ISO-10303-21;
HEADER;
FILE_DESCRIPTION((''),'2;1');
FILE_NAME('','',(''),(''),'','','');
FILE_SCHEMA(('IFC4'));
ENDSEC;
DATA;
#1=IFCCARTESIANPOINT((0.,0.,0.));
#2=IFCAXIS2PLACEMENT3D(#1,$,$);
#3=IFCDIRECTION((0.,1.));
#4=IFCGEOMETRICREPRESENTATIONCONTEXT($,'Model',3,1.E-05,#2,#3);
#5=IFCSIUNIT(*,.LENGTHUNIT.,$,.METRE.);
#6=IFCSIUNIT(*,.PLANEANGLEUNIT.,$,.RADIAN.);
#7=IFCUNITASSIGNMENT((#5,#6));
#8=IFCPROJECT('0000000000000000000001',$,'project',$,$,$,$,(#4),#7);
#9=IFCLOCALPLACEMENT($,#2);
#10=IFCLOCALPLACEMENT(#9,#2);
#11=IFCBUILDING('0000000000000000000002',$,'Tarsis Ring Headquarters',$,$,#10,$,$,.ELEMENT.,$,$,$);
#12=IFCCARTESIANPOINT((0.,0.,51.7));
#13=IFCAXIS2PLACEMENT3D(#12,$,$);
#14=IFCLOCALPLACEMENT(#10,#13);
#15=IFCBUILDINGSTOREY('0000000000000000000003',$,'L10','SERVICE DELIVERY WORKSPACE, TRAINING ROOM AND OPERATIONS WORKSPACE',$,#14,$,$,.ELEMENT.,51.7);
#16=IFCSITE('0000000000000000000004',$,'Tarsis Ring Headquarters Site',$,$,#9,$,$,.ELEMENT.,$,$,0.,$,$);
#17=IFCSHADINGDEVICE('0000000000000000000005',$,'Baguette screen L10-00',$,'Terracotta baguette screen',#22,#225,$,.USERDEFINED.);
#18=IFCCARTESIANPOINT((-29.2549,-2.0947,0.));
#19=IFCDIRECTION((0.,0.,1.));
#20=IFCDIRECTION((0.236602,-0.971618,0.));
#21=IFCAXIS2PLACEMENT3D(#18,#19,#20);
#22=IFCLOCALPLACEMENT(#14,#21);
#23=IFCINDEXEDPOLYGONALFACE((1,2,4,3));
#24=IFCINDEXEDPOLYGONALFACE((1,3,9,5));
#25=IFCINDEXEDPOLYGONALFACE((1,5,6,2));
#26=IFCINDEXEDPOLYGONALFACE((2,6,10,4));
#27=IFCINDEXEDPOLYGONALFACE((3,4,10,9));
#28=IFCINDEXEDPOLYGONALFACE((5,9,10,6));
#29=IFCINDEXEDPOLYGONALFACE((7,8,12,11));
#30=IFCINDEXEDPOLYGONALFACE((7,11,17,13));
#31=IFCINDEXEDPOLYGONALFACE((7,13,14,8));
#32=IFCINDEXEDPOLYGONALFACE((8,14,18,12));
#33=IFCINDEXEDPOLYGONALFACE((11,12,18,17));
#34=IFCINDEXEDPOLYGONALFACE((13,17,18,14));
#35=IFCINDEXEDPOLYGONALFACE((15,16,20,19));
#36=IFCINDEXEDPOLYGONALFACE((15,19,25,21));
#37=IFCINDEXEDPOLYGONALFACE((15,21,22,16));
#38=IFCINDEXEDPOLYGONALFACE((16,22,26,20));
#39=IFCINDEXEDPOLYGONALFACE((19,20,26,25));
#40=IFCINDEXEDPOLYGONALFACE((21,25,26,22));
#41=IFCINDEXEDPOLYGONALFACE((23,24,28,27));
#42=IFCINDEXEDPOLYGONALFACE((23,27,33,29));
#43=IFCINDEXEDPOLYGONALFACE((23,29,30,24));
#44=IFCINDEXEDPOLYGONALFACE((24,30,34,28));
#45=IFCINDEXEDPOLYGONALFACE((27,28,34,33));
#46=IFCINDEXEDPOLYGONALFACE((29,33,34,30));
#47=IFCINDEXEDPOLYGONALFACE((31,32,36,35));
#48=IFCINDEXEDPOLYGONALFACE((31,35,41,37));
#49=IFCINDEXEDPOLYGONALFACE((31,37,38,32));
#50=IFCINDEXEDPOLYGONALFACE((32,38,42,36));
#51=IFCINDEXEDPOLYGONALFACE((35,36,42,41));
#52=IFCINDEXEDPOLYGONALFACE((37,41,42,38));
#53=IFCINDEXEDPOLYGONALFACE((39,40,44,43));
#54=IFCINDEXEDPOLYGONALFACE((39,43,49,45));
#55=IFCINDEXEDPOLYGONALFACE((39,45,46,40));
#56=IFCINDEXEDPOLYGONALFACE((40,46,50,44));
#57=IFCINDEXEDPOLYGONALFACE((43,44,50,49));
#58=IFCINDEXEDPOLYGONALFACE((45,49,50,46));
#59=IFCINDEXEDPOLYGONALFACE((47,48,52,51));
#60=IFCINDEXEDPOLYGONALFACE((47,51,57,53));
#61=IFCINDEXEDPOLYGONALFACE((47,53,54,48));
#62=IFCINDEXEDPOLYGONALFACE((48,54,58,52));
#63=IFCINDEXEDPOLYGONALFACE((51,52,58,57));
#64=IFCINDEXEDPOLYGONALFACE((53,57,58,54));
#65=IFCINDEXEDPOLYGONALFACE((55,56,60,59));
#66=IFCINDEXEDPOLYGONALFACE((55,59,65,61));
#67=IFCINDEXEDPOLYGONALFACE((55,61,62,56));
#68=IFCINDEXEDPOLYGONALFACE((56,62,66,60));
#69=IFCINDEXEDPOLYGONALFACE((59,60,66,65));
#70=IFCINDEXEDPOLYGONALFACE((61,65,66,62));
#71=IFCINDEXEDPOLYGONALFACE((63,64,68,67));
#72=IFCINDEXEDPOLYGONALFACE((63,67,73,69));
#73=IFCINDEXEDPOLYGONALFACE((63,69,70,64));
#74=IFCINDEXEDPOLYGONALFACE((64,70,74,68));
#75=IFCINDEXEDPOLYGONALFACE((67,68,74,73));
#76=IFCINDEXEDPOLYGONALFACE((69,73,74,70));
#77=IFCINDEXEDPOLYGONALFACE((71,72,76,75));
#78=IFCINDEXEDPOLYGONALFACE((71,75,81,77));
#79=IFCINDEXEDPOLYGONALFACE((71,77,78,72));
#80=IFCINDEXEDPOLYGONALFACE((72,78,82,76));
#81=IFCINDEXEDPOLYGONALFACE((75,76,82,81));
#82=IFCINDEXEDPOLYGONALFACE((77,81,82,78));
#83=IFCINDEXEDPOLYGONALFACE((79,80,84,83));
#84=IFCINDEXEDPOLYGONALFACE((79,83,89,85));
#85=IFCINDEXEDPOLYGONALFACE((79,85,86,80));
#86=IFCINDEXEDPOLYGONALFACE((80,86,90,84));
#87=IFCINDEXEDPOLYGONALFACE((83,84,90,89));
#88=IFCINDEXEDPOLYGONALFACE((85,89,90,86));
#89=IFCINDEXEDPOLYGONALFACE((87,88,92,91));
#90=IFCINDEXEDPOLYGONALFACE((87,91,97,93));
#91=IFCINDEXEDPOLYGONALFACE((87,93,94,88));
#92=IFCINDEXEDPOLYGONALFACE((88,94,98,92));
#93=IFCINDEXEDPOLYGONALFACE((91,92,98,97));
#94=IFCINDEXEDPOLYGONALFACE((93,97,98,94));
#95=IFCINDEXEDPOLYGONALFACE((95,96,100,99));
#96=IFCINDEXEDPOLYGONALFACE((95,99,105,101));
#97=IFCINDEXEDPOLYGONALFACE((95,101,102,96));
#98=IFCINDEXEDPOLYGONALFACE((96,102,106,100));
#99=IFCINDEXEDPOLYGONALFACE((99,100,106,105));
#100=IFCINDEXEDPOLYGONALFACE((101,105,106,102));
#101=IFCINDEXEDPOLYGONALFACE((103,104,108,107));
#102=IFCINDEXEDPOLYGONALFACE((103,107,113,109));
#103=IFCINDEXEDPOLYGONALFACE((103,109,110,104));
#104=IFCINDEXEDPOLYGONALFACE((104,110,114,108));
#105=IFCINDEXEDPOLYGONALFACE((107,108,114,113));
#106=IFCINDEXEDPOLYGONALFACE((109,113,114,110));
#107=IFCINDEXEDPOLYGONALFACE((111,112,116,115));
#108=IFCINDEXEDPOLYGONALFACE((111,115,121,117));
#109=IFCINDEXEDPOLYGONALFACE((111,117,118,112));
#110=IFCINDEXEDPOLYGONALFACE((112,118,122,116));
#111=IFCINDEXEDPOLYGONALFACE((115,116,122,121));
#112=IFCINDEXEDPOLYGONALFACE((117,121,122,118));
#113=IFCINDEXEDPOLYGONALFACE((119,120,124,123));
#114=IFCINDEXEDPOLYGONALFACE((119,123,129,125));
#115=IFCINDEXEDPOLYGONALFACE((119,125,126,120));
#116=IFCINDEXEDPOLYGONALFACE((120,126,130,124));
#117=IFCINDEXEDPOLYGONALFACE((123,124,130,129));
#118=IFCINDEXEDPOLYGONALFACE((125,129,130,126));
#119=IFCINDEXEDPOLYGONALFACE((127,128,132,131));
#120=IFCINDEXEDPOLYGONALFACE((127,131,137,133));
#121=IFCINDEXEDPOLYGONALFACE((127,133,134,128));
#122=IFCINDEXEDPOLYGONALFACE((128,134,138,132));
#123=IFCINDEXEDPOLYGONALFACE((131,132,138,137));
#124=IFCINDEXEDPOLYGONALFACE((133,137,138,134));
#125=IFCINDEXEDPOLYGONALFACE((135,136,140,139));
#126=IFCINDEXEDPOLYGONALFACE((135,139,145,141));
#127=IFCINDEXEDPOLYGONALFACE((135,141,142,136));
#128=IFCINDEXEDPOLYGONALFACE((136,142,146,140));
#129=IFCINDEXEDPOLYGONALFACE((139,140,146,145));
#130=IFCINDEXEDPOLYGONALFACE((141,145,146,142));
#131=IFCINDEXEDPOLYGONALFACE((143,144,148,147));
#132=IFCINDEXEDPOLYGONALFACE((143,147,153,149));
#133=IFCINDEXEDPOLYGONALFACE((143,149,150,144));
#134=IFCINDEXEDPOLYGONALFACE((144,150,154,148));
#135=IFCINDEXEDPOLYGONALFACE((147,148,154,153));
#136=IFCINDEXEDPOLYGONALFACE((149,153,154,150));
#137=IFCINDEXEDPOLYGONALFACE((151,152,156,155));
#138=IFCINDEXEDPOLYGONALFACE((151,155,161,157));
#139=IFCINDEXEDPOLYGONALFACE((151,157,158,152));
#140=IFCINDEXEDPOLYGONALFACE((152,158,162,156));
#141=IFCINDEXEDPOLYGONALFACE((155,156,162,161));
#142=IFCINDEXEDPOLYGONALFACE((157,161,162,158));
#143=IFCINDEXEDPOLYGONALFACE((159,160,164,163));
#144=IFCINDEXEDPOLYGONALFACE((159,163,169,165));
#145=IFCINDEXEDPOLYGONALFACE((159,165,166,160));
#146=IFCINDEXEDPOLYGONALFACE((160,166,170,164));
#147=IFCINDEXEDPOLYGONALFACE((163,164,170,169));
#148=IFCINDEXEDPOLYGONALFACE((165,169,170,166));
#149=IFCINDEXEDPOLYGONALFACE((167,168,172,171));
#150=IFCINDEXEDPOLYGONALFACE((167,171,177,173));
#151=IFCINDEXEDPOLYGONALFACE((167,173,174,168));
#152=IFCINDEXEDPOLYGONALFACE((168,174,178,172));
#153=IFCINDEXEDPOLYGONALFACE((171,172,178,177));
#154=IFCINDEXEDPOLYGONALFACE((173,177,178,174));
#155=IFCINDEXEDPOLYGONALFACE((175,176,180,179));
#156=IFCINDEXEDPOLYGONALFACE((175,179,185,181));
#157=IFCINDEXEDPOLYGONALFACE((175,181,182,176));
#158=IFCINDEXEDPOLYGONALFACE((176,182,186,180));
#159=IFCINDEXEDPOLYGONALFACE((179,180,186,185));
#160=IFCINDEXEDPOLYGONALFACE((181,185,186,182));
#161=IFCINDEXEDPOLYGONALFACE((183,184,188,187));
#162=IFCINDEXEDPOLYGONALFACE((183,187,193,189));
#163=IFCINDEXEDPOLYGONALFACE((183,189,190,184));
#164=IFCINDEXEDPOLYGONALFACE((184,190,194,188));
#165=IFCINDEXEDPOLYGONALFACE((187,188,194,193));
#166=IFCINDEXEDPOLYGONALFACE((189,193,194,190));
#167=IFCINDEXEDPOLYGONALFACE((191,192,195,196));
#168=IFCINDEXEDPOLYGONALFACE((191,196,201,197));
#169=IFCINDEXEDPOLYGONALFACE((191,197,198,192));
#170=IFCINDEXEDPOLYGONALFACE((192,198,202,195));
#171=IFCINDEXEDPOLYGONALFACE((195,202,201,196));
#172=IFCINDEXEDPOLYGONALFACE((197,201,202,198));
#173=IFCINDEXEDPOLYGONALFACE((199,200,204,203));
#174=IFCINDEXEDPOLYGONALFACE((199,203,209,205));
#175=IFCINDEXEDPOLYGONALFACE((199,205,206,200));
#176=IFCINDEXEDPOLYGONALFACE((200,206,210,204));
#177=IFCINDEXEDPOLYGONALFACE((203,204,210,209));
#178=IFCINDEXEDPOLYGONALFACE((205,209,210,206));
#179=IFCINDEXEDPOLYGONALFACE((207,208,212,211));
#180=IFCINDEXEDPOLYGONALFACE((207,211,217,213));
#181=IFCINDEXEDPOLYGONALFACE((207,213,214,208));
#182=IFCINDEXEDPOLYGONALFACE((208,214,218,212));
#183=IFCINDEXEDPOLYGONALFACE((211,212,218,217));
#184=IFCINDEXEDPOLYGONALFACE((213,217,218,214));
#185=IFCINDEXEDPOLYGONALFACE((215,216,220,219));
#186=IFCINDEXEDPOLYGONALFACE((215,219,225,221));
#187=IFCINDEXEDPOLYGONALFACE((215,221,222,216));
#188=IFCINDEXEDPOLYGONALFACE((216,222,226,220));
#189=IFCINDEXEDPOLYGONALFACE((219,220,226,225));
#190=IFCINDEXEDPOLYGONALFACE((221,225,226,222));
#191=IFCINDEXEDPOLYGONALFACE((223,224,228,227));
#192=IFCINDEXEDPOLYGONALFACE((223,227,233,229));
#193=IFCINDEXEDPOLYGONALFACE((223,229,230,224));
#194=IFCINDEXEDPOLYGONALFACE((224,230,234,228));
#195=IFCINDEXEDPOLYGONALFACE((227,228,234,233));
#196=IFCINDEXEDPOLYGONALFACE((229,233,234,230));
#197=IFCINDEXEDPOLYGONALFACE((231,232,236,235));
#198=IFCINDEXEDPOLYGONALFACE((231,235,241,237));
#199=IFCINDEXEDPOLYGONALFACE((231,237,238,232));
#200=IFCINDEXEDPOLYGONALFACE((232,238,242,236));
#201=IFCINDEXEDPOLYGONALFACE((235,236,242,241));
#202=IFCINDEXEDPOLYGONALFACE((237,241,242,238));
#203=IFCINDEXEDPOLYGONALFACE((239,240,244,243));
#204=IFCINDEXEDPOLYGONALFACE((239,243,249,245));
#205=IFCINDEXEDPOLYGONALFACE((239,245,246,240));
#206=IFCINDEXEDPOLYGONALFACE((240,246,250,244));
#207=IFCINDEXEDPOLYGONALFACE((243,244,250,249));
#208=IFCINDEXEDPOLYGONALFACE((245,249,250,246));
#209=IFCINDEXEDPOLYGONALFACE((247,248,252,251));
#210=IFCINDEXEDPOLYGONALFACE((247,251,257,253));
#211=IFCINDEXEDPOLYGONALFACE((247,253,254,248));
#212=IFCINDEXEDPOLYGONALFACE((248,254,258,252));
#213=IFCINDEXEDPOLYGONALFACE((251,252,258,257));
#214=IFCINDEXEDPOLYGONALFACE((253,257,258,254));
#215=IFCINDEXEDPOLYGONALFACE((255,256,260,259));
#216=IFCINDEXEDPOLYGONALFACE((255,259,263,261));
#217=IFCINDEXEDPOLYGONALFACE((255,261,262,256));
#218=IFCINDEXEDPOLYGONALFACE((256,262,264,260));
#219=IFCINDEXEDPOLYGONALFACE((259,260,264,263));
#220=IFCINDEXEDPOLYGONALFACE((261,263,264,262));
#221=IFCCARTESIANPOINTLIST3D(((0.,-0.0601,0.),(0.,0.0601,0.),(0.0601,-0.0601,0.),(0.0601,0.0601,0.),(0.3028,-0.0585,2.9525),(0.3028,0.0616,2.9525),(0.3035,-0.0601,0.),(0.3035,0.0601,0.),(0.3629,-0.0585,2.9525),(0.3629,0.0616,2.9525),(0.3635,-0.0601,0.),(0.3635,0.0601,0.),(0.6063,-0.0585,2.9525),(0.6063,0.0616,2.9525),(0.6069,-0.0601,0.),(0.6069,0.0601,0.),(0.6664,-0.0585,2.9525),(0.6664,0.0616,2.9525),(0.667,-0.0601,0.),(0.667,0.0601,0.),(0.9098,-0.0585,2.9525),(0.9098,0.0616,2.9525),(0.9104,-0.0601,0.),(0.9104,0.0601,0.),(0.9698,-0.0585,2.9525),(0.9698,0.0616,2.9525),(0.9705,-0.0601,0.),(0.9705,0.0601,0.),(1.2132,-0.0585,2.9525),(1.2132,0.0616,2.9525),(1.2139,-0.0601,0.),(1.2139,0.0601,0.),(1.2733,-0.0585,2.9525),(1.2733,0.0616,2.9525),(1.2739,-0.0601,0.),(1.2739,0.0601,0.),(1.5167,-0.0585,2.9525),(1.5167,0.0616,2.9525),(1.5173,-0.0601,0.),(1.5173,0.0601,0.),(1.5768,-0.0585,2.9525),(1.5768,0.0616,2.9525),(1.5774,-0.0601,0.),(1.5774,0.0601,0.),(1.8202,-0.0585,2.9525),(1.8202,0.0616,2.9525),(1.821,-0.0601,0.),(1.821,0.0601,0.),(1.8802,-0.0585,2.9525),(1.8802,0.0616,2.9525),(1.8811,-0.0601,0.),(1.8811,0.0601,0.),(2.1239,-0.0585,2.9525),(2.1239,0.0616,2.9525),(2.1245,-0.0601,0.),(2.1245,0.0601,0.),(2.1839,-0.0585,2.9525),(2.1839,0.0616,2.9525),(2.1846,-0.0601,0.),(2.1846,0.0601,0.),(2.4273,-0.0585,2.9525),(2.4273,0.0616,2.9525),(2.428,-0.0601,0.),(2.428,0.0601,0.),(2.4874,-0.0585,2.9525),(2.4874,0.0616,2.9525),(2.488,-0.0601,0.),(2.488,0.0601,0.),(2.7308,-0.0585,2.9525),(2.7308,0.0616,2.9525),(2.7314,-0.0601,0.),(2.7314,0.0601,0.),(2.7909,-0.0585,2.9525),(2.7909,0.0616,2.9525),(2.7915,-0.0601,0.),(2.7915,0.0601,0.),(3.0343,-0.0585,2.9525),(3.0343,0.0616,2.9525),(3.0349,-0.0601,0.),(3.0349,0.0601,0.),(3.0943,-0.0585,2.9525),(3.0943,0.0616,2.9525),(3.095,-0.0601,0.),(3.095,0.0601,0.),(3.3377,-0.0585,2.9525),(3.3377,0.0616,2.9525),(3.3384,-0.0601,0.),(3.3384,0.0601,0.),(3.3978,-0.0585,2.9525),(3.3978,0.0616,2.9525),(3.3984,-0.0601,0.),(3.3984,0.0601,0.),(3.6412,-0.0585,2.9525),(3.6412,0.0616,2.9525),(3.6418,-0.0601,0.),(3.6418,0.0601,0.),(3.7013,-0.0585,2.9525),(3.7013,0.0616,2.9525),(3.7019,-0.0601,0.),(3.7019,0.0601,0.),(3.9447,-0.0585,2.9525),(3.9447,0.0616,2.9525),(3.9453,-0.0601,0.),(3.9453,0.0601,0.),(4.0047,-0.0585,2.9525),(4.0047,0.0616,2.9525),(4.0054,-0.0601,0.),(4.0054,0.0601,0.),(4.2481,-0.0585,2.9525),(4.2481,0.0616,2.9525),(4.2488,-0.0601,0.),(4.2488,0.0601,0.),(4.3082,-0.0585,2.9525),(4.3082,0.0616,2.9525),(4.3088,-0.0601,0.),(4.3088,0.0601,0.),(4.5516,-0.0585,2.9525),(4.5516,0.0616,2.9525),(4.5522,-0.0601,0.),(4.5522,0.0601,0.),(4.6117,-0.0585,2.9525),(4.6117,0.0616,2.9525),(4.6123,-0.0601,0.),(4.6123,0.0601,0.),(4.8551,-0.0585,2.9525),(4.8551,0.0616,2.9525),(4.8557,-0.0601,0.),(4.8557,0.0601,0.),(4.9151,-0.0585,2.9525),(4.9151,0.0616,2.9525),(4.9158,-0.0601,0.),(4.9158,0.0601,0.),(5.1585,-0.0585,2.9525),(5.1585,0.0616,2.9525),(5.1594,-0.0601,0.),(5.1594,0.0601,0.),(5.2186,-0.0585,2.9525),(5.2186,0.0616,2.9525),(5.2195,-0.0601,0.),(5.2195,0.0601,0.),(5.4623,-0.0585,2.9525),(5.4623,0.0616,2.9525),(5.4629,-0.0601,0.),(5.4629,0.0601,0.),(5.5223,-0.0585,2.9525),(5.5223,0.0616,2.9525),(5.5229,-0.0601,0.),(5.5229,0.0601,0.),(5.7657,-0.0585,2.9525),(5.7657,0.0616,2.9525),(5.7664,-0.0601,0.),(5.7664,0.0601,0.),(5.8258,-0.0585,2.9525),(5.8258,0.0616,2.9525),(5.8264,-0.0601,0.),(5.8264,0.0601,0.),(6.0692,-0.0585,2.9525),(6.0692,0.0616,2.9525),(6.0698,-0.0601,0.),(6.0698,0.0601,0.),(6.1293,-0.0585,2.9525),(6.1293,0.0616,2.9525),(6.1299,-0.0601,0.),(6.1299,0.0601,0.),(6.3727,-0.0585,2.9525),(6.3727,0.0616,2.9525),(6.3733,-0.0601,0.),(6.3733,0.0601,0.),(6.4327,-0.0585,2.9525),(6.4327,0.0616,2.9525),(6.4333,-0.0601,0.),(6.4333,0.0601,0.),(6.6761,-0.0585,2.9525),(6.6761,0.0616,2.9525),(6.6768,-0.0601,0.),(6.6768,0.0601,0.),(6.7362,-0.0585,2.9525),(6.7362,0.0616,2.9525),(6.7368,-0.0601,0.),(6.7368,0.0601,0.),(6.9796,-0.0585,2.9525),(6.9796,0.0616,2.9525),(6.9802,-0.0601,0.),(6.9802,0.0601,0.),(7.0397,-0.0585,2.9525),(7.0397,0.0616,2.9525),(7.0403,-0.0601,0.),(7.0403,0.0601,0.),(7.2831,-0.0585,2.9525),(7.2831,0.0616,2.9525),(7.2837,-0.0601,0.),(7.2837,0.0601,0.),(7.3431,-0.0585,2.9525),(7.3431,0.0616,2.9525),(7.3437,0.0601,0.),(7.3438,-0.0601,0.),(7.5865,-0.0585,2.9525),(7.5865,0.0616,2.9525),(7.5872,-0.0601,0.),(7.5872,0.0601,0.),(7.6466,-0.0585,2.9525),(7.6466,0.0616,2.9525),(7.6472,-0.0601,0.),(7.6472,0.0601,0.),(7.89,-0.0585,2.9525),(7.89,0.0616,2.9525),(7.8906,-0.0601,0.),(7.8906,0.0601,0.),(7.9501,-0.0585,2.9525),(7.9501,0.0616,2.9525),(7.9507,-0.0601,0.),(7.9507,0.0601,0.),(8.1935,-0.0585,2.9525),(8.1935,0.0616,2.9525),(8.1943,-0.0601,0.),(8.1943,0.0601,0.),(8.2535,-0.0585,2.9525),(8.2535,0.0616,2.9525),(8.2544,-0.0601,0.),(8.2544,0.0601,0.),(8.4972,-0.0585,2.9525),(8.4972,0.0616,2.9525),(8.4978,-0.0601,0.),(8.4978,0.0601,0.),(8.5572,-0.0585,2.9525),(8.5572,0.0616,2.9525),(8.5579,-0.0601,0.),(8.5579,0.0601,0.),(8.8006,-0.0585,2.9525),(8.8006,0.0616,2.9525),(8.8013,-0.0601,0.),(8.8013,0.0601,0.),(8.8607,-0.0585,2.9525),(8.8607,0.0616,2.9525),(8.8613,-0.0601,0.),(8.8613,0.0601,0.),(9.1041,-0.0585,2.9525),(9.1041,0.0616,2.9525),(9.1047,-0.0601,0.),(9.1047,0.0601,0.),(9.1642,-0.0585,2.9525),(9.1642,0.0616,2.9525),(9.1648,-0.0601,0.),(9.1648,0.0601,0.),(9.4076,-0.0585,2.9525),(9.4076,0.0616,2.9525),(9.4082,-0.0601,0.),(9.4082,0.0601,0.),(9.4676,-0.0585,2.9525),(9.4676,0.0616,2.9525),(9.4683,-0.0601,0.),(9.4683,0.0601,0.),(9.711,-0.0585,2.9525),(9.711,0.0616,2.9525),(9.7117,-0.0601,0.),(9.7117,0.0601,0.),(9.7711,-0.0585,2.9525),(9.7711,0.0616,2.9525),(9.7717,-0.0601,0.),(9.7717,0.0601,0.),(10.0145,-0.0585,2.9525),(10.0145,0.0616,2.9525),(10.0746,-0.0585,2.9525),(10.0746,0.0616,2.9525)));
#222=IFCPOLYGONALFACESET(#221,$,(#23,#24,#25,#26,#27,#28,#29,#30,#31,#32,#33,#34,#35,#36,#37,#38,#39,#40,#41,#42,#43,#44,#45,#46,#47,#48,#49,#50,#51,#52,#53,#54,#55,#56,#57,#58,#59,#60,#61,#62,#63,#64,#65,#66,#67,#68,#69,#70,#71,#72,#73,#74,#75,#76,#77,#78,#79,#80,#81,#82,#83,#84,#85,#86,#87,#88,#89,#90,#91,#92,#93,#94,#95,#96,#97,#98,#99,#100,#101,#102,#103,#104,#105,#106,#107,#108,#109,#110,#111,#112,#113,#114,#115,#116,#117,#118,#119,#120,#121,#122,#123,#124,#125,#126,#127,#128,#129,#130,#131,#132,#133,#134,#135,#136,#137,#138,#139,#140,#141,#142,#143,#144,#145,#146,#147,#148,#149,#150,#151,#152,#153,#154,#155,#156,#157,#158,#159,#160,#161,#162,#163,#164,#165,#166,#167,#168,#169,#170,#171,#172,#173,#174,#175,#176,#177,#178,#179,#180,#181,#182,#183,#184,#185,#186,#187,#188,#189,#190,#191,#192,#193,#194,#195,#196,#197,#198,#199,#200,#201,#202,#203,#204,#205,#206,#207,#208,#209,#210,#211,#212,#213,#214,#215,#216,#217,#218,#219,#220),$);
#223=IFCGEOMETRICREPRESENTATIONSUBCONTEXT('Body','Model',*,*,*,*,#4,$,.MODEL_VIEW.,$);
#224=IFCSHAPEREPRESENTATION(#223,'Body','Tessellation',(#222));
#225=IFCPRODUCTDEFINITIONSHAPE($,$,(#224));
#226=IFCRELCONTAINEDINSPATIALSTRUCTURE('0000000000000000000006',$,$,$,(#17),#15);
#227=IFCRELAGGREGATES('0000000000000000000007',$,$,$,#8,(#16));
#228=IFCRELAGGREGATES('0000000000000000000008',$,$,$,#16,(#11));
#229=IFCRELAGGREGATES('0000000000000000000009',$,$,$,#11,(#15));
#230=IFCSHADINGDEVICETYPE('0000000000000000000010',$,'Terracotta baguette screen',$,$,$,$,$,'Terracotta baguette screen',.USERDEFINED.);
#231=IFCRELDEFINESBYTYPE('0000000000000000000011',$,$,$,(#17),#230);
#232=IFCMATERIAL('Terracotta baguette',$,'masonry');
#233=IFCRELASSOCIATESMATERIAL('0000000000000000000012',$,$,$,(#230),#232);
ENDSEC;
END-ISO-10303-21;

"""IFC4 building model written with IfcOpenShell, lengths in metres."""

from ifc_helpers import new_model, si_unit, direction, frame, frame_2d, origin, place, context, subcontext, project, spatial, rectangle, composite_profile, extrude, material, type_object, element, save


model = new_model("IFC4")

# Units and contexts
model_context = context("Model", 3, precision=1e-05, world=origin(), true_north=direction((0.0, 1.0)))
body_context = subcontext(model_context, "Body", "Model", "MODEL_VIEW")
ifc_project = project(units=[si_unit("LENGTHUNIT", "METRE"), si_unit("PLANEANGLEUNIT", "RADIAN")], contexts=[model_context])

# Site, building, storey
site_placement = place(None, origin())
site = spatial("IfcSite", under=ifc_project, at=site_placement, Name="Tarsis Ring Headquarters Site", CompositionType="ELEMENT", RefElevation=0.0)
building_placement = place(site_placement, origin())
building = spatial("IfcBuilding", under=site, at=building_placement, Name="Tarsis Ring Headquarters", CompositionType="ELEMENT")
storey_placement = place(building_placement, frame((0.0, 0.0, 51.7)))
storey = spatial("IfcBuildingStorey", under=building, at=storey_placement, Name="L10", Description="SERVICE DELIVERY WORKSPACE, TRAINING ROOM AND OPERATIONS WORKSPACE", CompositionType="ELEMENT", Elevation=51.7)

# Shading device
ifc_material_1 = material(Name="Terracotta baguette", Category="masonry")
shading_device_type = type_object("IfcShadingDeviceType", Name="Terracotta baguette screen", ElementType="Terracotta baguette screen", PredefinedType="USERDEFINED", material=ifc_material_1)
shading_device_1_placement = place(storey_placement, frame((-29.2549, -2.0947, 0.0), z_axis=(0.0, 0.0, 1.0), x_axis=(0.236602, -0.971618, 0.0)))
element("IfcShadingDevice", 1, at=shading_device_1_placement, inside=storey, type_object=shading_device_type, Name="Baguette screen L10-00", ObjectType="Terracotta baguette screen", PredefinedType="USERDEFINED", context=body_context, shape_type="SweptSolid", body=[
    extrude(composite_profile([rectangle(XDim=0.0601, YDim=0.1201, at=frame_2d((0.03, 0.0))), rectangle(XDim=0.0601, YDim=0.1201, at=frame_2d((0.3335, 0.0))), rectangle(XDim=0.0601, YDim=0.1201, at=frame_2d((0.637, 0.0))), rectangle(XDim=0.0601, YDim=0.1201, at=frame_2d((0.9404, 0.0))), rectangle(XDim=0.0601, YDim=0.1201, at=frame_2d((1.2439, 0.0))), rectangle(XDim=0.0601, YDim=0.1201, at=frame_2d((1.5474, 0.0))), rectangle(XDim=0.0601, YDim=0.1201, at=frame_2d((1.8511, 0.0))), rectangle(XDim=0.0601, YDim=0.1201, at=frame_2d((2.1545, 0.0))), rectangle(XDim=0.0601, YDim=0.1201, at=frame_2d((2.458, 0.0))), rectangle(XDim=0.0601, YDim=0.1201, at=frame_2d((2.7615, 0.0))), rectangle(XDim=0.0601, YDim=0.1201, at=frame_2d((3.0649, 0.0))), rectangle(XDim=0.0601, YDim=0.1201, at=frame_2d((3.3684, 0.0))), rectangle(XDim=0.0601, YDim=0.1201, at=frame_2d((3.6719, 0.0))), rectangle(XDim=0.0601, YDim=0.1201, at=frame_2d((3.9753, 0.0))), rectangle(XDim=0.0601, YDim=0.1201, at=frame_2d((4.2788, 0.0))), rectangle(XDim=0.0601, YDim=0.1201, at=frame_2d((4.5823, 0.0))), rectangle(XDim=0.0601, YDim=0.1201, at=frame_2d((4.8857, 0.0))), rectangle(XDim=0.0601, YDim=0.1201, at=frame_2d((5.1895, 0.0))), rectangle(XDim=0.0601, YDim=0.1201, at=frame_2d((5.4929, 0.0))), rectangle(XDim=0.0601, YDim=0.1201, at=frame_2d((5.7964, 0.0))), rectangle(XDim=0.0601, YDim=0.1201, at=frame_2d((6.0999, 0.0))), rectangle(XDim=0.0601, YDim=0.1201, at=frame_2d((6.4033, 0.0))), rectangle(XDim=0.0601, YDim=0.1201, at=frame_2d((6.7068, 0.0))), rectangle(XDim=0.0601, YDim=0.1201, at=frame_2d((7.0103, 0.0))), rectangle(XDim=0.0601, YDim=0.1201, at=frame_2d((7.3137, 0.0))), rectangle(XDim=0.0601, YDim=0.1201, at=frame_2d((7.6172, 0.0))), rectangle(XDim=0.0601, YDim=0.1201, at=frame_2d((7.9207, 0.0))), rectangle(XDim=0.0601, YDim=0.1201, at=frame_2d((8.2244, 0.0))), rectangle(XDim=0.0601, YDim=0.1201, at=frame_2d((8.5278, 0.0))), rectangle(XDim=0.0601, YDim=0.1201, at=frame_2d((8.8313, 0.0))), rectangle(XDim=0.0601, YDim=0.1201, at=frame_2d((9.1348, 0.0))), rectangle(XDim=0.0601, YDim=0.1201, at=frame_2d((9.4382, 0.0))), rectangle(XDim=0.0601, YDim=0.1201, at=frame_2d((9.7417, 0.0)))]), origin(), (0.102033, 0.000533, 0.994781), 2.968),
])

save(model, "model.ifc")
